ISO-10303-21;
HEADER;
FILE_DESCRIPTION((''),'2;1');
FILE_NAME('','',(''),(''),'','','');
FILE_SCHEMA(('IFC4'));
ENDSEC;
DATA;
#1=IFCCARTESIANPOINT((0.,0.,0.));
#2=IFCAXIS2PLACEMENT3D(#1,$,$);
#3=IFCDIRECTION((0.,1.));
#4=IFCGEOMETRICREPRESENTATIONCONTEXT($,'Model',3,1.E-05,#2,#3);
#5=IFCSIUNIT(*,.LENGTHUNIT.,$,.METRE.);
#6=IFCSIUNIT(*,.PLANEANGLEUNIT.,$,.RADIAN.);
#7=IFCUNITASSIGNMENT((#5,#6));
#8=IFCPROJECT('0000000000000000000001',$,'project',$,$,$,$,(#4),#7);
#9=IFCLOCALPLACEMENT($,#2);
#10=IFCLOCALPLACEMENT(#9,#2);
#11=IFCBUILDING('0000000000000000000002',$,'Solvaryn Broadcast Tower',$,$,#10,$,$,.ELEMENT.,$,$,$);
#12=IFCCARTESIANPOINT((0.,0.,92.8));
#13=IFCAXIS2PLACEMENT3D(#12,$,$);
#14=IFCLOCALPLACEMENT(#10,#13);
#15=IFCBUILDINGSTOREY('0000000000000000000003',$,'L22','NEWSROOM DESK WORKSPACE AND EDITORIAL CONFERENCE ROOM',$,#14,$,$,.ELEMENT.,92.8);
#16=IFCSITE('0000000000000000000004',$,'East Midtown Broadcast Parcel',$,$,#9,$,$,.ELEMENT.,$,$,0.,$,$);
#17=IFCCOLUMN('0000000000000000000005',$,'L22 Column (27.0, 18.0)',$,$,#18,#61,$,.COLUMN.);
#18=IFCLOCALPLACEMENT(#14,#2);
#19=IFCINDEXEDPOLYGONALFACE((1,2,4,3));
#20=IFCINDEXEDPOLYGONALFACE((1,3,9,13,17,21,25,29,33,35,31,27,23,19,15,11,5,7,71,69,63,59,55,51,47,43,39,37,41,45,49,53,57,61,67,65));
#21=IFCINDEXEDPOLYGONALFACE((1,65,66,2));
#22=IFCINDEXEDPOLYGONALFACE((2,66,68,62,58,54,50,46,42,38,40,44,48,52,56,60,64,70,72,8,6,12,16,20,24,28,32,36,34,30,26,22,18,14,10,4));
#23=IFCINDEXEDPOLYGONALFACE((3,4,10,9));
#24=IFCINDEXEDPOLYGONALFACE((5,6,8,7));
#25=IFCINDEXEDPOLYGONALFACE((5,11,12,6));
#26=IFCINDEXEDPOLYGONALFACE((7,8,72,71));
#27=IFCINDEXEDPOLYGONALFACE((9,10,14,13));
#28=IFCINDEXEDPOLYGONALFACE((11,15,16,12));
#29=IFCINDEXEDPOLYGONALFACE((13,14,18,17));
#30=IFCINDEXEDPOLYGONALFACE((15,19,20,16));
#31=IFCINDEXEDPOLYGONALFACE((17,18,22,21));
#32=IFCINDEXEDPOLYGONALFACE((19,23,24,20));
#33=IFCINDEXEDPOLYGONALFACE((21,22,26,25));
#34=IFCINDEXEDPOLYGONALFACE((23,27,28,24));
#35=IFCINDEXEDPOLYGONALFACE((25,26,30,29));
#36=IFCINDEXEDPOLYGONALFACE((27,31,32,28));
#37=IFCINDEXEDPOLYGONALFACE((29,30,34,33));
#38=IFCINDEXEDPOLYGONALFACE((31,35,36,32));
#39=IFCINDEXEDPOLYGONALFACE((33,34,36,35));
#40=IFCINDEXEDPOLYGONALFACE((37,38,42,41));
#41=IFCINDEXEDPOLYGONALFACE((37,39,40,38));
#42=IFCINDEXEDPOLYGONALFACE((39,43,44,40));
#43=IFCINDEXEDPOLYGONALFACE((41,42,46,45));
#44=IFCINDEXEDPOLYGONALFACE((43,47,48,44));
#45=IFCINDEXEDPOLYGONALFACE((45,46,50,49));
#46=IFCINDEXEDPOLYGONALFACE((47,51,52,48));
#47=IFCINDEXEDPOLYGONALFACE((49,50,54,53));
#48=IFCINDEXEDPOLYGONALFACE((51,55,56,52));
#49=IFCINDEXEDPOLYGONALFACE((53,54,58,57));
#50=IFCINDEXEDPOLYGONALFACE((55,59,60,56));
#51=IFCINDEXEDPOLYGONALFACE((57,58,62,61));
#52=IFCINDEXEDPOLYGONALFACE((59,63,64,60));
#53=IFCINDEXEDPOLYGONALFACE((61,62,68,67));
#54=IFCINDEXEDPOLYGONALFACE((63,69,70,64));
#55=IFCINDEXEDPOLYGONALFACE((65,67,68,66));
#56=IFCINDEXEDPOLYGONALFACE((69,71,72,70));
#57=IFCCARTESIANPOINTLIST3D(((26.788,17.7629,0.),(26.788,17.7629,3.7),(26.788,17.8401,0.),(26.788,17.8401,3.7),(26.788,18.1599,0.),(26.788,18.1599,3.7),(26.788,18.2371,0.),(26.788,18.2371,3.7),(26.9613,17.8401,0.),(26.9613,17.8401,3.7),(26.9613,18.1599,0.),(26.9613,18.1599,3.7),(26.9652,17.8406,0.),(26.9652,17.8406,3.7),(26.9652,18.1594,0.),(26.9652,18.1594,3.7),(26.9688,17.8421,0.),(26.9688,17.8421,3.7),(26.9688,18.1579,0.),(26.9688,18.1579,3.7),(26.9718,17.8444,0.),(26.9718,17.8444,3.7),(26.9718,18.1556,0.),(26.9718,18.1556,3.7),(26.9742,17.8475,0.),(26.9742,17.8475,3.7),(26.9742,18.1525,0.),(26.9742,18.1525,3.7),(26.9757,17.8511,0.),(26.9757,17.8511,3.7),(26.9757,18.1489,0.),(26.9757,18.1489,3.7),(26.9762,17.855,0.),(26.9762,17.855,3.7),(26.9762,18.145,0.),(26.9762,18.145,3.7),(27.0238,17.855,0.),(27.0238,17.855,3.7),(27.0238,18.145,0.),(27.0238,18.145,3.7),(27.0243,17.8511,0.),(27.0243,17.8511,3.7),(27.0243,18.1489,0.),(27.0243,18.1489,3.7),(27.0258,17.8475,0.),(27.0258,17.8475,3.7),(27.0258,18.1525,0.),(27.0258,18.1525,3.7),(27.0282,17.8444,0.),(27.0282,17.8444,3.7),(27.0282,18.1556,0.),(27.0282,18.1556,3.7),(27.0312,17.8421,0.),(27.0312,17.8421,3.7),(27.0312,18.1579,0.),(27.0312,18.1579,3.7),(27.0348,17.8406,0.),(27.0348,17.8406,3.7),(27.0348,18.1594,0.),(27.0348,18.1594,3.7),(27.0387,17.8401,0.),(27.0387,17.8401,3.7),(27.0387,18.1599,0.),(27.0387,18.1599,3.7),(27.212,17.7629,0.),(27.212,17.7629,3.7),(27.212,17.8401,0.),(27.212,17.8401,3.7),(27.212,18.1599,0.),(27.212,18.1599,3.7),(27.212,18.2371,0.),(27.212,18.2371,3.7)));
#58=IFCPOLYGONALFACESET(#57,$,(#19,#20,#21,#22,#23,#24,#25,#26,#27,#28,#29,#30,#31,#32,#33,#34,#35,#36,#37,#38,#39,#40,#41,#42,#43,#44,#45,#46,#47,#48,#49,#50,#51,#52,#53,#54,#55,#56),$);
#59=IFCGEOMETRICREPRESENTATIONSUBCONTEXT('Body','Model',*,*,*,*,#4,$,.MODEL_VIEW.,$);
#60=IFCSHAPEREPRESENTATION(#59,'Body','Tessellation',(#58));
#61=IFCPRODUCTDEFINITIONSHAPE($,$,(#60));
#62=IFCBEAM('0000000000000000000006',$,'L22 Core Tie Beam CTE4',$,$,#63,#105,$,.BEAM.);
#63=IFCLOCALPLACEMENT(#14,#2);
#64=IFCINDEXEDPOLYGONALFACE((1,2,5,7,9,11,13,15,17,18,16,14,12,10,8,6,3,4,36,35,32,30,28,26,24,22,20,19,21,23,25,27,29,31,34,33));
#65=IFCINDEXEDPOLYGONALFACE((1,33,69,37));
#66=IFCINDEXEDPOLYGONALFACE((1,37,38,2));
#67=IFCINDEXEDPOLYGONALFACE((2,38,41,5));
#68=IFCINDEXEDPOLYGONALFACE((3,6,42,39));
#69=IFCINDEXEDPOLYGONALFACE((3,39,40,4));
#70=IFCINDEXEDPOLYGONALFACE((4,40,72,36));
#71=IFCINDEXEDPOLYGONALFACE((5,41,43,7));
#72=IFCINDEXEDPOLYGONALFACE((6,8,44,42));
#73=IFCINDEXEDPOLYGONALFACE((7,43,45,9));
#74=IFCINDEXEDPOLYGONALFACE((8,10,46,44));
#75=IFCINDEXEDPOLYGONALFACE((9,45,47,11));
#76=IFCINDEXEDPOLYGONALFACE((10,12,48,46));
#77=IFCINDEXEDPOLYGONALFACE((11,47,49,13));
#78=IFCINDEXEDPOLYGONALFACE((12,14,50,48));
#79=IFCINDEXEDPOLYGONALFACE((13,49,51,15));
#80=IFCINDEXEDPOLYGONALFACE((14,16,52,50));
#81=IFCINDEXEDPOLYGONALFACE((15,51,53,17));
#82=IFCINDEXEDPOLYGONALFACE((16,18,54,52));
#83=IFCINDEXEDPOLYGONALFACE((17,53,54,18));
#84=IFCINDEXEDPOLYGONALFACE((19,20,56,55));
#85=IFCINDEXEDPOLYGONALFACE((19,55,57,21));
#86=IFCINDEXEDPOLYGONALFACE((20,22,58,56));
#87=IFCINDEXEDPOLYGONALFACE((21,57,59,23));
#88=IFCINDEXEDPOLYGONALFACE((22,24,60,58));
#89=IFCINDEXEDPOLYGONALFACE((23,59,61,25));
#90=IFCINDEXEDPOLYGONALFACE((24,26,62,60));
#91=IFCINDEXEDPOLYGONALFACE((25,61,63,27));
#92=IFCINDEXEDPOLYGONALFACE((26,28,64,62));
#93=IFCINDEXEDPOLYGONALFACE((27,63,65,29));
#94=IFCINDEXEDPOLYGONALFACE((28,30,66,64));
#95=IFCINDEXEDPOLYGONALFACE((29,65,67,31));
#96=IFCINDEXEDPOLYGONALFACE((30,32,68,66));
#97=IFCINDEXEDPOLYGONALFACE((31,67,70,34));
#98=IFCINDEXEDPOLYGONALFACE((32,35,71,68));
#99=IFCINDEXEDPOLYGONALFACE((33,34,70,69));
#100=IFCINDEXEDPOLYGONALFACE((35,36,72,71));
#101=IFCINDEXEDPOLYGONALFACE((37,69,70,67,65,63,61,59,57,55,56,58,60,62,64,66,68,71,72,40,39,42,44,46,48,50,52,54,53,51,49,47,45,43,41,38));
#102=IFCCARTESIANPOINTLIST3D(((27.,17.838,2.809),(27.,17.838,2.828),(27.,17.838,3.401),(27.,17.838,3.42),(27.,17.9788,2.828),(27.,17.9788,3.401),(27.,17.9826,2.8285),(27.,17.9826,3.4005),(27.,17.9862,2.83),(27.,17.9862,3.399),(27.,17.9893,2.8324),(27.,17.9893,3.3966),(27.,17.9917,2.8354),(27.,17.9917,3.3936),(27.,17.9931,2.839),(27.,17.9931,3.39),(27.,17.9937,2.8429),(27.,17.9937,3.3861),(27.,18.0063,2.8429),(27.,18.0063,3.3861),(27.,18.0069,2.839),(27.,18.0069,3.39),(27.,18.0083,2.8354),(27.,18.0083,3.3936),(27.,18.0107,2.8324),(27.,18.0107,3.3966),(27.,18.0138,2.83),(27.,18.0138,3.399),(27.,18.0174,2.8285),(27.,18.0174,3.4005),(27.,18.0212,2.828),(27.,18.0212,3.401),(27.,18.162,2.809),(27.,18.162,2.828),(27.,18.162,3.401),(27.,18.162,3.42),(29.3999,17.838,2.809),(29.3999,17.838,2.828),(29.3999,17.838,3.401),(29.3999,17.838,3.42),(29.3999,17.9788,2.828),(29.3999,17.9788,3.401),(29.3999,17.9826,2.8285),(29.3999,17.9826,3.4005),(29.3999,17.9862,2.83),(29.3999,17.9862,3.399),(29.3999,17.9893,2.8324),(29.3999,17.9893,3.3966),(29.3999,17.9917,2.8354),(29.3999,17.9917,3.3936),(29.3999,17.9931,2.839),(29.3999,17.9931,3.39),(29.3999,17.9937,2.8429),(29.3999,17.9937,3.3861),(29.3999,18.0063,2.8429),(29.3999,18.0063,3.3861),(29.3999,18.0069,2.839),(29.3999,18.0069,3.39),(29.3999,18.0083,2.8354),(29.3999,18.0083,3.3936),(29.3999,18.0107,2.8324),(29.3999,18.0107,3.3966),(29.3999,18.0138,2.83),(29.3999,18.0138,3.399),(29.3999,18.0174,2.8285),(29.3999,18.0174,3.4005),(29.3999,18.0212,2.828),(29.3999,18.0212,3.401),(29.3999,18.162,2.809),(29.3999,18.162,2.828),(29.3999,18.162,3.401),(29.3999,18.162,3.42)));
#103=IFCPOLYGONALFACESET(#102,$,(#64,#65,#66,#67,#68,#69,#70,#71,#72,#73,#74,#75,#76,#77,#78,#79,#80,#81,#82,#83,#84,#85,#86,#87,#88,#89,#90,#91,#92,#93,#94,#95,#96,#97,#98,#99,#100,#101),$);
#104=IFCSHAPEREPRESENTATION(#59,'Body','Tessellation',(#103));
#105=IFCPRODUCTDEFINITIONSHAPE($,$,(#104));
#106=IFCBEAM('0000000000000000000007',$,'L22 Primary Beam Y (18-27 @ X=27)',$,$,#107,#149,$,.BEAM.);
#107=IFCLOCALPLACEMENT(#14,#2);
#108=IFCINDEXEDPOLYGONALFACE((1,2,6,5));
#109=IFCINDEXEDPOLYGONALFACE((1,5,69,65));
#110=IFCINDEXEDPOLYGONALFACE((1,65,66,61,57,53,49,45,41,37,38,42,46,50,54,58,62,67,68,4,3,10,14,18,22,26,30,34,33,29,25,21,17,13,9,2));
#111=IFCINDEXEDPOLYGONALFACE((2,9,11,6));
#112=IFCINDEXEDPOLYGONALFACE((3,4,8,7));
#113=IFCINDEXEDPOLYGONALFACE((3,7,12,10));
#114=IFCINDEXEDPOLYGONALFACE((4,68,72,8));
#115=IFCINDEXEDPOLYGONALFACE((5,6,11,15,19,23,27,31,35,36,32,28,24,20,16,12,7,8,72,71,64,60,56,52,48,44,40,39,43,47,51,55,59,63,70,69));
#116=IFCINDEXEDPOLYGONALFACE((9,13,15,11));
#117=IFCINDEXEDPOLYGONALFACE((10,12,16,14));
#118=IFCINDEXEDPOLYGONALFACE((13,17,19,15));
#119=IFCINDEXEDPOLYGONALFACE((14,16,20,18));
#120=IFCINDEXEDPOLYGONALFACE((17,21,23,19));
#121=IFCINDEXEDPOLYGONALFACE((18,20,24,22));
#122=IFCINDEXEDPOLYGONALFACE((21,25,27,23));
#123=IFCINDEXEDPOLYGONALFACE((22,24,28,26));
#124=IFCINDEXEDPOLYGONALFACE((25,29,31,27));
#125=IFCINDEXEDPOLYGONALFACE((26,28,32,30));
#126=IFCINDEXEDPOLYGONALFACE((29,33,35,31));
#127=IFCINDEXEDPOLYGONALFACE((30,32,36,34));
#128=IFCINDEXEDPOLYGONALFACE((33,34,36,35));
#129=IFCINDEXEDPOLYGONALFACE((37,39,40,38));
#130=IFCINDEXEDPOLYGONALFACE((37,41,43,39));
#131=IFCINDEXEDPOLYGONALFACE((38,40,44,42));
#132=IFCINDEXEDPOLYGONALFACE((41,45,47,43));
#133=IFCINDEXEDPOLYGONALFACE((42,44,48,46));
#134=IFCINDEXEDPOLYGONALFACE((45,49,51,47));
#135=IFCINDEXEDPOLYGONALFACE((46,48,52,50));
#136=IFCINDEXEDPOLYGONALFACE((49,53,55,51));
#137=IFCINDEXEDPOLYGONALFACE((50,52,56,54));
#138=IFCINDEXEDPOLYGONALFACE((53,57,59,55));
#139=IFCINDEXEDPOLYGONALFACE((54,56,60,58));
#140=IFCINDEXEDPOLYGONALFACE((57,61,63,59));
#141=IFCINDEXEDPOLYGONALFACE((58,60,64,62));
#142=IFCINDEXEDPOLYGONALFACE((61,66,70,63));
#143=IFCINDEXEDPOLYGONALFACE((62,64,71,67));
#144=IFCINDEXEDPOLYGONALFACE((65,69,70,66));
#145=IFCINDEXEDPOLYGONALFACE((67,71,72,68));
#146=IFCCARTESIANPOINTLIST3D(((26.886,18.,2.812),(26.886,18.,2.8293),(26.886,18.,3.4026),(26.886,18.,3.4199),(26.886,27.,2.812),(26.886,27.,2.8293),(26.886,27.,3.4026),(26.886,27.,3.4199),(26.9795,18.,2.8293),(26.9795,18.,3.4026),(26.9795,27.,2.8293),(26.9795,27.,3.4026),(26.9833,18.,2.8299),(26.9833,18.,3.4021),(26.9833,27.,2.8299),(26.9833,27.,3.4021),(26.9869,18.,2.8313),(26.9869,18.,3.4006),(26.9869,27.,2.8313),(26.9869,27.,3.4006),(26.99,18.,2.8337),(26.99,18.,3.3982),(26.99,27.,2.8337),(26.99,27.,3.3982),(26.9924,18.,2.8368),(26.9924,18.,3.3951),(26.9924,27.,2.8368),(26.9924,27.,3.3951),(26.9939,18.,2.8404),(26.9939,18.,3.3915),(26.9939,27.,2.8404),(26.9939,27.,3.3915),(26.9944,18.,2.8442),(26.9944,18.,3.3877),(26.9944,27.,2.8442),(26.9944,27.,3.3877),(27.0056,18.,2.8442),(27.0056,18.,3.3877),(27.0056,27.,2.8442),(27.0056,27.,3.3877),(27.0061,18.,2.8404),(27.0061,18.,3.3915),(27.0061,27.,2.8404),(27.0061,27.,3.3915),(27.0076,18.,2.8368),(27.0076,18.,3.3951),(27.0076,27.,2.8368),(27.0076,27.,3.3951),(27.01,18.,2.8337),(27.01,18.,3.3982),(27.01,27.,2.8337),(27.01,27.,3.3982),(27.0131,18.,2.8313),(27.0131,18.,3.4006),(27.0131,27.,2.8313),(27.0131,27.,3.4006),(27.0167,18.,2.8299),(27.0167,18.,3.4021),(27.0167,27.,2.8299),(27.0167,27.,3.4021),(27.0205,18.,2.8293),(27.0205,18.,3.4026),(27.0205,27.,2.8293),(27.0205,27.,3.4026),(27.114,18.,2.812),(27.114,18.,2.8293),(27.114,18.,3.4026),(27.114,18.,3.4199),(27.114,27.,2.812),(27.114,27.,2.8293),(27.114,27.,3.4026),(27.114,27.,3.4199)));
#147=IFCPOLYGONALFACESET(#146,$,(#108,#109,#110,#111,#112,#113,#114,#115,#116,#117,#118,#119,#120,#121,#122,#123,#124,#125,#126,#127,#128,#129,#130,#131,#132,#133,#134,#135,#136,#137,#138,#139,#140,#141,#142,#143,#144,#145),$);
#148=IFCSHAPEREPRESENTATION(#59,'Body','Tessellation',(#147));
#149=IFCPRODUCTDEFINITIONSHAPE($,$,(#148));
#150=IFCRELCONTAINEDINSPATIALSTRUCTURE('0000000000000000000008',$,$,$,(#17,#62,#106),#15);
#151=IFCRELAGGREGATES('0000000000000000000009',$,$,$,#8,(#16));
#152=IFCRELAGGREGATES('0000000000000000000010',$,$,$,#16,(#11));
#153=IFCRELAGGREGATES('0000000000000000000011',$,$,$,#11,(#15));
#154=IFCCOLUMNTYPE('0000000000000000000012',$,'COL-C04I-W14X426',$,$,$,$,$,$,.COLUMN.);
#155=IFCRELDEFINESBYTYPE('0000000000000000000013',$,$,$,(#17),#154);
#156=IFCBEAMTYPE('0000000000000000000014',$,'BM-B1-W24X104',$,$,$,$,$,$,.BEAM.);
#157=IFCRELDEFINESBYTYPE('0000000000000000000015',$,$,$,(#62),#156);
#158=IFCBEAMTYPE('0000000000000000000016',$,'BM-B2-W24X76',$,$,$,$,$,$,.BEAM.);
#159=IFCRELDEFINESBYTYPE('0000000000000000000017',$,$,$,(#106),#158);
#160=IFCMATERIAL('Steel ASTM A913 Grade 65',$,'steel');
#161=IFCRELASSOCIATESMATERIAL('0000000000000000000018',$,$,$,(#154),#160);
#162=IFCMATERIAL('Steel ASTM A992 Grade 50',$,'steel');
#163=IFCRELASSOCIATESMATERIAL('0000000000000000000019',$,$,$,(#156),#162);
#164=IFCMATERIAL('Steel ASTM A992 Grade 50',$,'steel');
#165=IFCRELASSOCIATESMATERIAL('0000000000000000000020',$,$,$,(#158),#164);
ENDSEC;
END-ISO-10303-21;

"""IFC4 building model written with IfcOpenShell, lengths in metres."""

from ifc_helpers import new_model, si_unit, direction, frame, origin, origin_2d, place, context, subcontext, project, spatial, i_section, extrude, material, material_profile, profile_set, type_object, element, save


model = new_model("IFC4")

# Units and contexts
model_context = context("Model", 3, precision=1e-05, world=origin(), true_north=direction((0.0, 1.0)))
body_context = subcontext(model_context, "Body", "Model", "MODEL_VIEW")
ifc_project = project(units=[si_unit("LENGTHUNIT", "METRE"), si_unit("PLANEANGLEUNIT", "RADIAN")], contexts=[model_context])

# Site, building, storey
site_placement = place(None, origin())
site = spatial("IfcSite", under=ifc_project, at=site_placement, Name="East Midtown Broadcast Parcel", CompositionType="ELEMENT", RefElevation=0.0)
building_placement = place(site_placement, origin())
building = spatial("IfcBuilding", under=site, at=building_placement, Name="Solvaryn Broadcast Tower", CompositionType="ELEMENT")
storey_placement = place(building_placement, frame((0.0, 0.0, 92.8)))
storey = spatial("IfcBuildingStorey", under=building, at=storey_placement, Name="L22", Description="NEWSROOM DESK WORKSPACE AND EDITORIAL CONFERENCE ROOM", CompositionType="ELEMENT", Elevation=92.8)

# Column
ifc_material_1 = material(Name="Steel ASTM A913 Grade 65", Category="steel")
ifc_material_profile_1 = material_profile(ifc_material_1, i_section(OverallWidth=0.4241, OverallDepth=0.4741, WebThickness=0.0476, FlangeThickness=0.0771, FilletRadius=0.0149, at=origin_2d()))
ifc_profile_set_1 = profile_set([ifc_material_profile_1], Name="Steel ASTM A913 Grade 65")
column_type = type_object("IfcColumnType", Name="COL-C04I-W14X426", PredefinedType="COLUMN", material=ifc_profile_set_1)
column_placement = place(storey_placement, frame((27.0, 18.0, 0.0), z_axis=(0.0, 0.0, 1.0), x_axis=(1.0, 0.0, 0.0)))
element("IfcColumn", 1, at=column_placement, inside=storey, type_object=column_type, Name="L22 Column (27.0, 18.0)", PredefinedType="COLUMN", context=body_context, shape_type="SweptSolid", body=[
    extrude(i_section(OverallWidth=0.4241, OverallDepth=0.4741, WebThickness=0.0476, FlangeThickness=0.0771, FilletRadius=0.0149, at=origin_2d()), origin(), (0.0, 0.0, 1.0), 3.7),
])

# Beams
ifc_material_2 = material(Name="Steel ASTM A992 Grade 50", Category="steel")
ifc_material_profile_2 = material_profile(ifc_material_2, i_section(OverallWidth=0.324, OverallDepth=0.6111, WebThickness=0.0127, FlangeThickness=0.019, FilletRadius=0.0149, at=origin_2d()))
ifc_profile_set_2 = profile_set([ifc_material_profile_2], Name="Steel ASTM A992 Grade 50")
beam_type_1 = type_object("IfcBeamType", Name="BM-B1-W24X104", PredefinedType="BEAM", material=ifc_profile_set_2)
beam_1_placement = place(storey_placement, frame((27.0, 18.0, 3.1145), z_axis=(1.0, 0.0, 0.0), x_axis=(0.0, 1.0, 0.0)))
element("IfcBeam", 2, at=beam_1_placement, inside=storey, type_object=beam_type_1, Name="L22 Core Tie Beam CTE4", PredefinedType="BEAM", context=body_context, shape_type="SweptSolid", body=[
    extrude(i_section(OverallWidth=0.324, OverallDepth=0.6111, WebThickness=0.0127, FlangeThickness=0.019, FilletRadius=0.0149, at=origin_2d()), origin(), (0.0, 0.0, 1.0), 2.3999),
])
ifc_material_3 = material(Name="Steel ASTM A992 Grade 50", Category="steel")
ifc_material_profile_3 = material_profile(ifc_material_3, i_section(OverallWidth=0.228, OverallDepth=0.6079, WebThickness=0.0112, FlangeThickness=0.0173, FilletRadius=0.0149, at=origin_2d()))
ifc_profile_set_3 = profile_set([ifc_material_profile_3], Name="Steel ASTM A992 Grade 50")
beam_type_2 = type_object("IfcBeamType", Name="BM-B2-W24X76", PredefinedType="BEAM", material=ifc_profile_set_3)
beam_2_placement = place(storey_placement, frame((27.0, 18.0, 3.116), z_axis=(0.0, 1.0, 0.0), x_axis=(-1.0, 0.0, 0.0)))
element("IfcBeam", 3, at=beam_2_placement, inside=storey, type_object=beam_type_2, Name="L22 Primary Beam Y (18-27 @ X=27)", PredefinedType="BEAM", context=body_context, shape_type="SweptSolid", body=[
    extrude(i_section(OverallWidth=0.228, OverallDepth=0.6079, WebThickness=0.0112, FlangeThickness=0.0173, FilletRadius=0.0149, at=origin_2d()), origin(), (0.0, 0.0, 1.0), 9.0),
])

save(model, "model.ifc")
